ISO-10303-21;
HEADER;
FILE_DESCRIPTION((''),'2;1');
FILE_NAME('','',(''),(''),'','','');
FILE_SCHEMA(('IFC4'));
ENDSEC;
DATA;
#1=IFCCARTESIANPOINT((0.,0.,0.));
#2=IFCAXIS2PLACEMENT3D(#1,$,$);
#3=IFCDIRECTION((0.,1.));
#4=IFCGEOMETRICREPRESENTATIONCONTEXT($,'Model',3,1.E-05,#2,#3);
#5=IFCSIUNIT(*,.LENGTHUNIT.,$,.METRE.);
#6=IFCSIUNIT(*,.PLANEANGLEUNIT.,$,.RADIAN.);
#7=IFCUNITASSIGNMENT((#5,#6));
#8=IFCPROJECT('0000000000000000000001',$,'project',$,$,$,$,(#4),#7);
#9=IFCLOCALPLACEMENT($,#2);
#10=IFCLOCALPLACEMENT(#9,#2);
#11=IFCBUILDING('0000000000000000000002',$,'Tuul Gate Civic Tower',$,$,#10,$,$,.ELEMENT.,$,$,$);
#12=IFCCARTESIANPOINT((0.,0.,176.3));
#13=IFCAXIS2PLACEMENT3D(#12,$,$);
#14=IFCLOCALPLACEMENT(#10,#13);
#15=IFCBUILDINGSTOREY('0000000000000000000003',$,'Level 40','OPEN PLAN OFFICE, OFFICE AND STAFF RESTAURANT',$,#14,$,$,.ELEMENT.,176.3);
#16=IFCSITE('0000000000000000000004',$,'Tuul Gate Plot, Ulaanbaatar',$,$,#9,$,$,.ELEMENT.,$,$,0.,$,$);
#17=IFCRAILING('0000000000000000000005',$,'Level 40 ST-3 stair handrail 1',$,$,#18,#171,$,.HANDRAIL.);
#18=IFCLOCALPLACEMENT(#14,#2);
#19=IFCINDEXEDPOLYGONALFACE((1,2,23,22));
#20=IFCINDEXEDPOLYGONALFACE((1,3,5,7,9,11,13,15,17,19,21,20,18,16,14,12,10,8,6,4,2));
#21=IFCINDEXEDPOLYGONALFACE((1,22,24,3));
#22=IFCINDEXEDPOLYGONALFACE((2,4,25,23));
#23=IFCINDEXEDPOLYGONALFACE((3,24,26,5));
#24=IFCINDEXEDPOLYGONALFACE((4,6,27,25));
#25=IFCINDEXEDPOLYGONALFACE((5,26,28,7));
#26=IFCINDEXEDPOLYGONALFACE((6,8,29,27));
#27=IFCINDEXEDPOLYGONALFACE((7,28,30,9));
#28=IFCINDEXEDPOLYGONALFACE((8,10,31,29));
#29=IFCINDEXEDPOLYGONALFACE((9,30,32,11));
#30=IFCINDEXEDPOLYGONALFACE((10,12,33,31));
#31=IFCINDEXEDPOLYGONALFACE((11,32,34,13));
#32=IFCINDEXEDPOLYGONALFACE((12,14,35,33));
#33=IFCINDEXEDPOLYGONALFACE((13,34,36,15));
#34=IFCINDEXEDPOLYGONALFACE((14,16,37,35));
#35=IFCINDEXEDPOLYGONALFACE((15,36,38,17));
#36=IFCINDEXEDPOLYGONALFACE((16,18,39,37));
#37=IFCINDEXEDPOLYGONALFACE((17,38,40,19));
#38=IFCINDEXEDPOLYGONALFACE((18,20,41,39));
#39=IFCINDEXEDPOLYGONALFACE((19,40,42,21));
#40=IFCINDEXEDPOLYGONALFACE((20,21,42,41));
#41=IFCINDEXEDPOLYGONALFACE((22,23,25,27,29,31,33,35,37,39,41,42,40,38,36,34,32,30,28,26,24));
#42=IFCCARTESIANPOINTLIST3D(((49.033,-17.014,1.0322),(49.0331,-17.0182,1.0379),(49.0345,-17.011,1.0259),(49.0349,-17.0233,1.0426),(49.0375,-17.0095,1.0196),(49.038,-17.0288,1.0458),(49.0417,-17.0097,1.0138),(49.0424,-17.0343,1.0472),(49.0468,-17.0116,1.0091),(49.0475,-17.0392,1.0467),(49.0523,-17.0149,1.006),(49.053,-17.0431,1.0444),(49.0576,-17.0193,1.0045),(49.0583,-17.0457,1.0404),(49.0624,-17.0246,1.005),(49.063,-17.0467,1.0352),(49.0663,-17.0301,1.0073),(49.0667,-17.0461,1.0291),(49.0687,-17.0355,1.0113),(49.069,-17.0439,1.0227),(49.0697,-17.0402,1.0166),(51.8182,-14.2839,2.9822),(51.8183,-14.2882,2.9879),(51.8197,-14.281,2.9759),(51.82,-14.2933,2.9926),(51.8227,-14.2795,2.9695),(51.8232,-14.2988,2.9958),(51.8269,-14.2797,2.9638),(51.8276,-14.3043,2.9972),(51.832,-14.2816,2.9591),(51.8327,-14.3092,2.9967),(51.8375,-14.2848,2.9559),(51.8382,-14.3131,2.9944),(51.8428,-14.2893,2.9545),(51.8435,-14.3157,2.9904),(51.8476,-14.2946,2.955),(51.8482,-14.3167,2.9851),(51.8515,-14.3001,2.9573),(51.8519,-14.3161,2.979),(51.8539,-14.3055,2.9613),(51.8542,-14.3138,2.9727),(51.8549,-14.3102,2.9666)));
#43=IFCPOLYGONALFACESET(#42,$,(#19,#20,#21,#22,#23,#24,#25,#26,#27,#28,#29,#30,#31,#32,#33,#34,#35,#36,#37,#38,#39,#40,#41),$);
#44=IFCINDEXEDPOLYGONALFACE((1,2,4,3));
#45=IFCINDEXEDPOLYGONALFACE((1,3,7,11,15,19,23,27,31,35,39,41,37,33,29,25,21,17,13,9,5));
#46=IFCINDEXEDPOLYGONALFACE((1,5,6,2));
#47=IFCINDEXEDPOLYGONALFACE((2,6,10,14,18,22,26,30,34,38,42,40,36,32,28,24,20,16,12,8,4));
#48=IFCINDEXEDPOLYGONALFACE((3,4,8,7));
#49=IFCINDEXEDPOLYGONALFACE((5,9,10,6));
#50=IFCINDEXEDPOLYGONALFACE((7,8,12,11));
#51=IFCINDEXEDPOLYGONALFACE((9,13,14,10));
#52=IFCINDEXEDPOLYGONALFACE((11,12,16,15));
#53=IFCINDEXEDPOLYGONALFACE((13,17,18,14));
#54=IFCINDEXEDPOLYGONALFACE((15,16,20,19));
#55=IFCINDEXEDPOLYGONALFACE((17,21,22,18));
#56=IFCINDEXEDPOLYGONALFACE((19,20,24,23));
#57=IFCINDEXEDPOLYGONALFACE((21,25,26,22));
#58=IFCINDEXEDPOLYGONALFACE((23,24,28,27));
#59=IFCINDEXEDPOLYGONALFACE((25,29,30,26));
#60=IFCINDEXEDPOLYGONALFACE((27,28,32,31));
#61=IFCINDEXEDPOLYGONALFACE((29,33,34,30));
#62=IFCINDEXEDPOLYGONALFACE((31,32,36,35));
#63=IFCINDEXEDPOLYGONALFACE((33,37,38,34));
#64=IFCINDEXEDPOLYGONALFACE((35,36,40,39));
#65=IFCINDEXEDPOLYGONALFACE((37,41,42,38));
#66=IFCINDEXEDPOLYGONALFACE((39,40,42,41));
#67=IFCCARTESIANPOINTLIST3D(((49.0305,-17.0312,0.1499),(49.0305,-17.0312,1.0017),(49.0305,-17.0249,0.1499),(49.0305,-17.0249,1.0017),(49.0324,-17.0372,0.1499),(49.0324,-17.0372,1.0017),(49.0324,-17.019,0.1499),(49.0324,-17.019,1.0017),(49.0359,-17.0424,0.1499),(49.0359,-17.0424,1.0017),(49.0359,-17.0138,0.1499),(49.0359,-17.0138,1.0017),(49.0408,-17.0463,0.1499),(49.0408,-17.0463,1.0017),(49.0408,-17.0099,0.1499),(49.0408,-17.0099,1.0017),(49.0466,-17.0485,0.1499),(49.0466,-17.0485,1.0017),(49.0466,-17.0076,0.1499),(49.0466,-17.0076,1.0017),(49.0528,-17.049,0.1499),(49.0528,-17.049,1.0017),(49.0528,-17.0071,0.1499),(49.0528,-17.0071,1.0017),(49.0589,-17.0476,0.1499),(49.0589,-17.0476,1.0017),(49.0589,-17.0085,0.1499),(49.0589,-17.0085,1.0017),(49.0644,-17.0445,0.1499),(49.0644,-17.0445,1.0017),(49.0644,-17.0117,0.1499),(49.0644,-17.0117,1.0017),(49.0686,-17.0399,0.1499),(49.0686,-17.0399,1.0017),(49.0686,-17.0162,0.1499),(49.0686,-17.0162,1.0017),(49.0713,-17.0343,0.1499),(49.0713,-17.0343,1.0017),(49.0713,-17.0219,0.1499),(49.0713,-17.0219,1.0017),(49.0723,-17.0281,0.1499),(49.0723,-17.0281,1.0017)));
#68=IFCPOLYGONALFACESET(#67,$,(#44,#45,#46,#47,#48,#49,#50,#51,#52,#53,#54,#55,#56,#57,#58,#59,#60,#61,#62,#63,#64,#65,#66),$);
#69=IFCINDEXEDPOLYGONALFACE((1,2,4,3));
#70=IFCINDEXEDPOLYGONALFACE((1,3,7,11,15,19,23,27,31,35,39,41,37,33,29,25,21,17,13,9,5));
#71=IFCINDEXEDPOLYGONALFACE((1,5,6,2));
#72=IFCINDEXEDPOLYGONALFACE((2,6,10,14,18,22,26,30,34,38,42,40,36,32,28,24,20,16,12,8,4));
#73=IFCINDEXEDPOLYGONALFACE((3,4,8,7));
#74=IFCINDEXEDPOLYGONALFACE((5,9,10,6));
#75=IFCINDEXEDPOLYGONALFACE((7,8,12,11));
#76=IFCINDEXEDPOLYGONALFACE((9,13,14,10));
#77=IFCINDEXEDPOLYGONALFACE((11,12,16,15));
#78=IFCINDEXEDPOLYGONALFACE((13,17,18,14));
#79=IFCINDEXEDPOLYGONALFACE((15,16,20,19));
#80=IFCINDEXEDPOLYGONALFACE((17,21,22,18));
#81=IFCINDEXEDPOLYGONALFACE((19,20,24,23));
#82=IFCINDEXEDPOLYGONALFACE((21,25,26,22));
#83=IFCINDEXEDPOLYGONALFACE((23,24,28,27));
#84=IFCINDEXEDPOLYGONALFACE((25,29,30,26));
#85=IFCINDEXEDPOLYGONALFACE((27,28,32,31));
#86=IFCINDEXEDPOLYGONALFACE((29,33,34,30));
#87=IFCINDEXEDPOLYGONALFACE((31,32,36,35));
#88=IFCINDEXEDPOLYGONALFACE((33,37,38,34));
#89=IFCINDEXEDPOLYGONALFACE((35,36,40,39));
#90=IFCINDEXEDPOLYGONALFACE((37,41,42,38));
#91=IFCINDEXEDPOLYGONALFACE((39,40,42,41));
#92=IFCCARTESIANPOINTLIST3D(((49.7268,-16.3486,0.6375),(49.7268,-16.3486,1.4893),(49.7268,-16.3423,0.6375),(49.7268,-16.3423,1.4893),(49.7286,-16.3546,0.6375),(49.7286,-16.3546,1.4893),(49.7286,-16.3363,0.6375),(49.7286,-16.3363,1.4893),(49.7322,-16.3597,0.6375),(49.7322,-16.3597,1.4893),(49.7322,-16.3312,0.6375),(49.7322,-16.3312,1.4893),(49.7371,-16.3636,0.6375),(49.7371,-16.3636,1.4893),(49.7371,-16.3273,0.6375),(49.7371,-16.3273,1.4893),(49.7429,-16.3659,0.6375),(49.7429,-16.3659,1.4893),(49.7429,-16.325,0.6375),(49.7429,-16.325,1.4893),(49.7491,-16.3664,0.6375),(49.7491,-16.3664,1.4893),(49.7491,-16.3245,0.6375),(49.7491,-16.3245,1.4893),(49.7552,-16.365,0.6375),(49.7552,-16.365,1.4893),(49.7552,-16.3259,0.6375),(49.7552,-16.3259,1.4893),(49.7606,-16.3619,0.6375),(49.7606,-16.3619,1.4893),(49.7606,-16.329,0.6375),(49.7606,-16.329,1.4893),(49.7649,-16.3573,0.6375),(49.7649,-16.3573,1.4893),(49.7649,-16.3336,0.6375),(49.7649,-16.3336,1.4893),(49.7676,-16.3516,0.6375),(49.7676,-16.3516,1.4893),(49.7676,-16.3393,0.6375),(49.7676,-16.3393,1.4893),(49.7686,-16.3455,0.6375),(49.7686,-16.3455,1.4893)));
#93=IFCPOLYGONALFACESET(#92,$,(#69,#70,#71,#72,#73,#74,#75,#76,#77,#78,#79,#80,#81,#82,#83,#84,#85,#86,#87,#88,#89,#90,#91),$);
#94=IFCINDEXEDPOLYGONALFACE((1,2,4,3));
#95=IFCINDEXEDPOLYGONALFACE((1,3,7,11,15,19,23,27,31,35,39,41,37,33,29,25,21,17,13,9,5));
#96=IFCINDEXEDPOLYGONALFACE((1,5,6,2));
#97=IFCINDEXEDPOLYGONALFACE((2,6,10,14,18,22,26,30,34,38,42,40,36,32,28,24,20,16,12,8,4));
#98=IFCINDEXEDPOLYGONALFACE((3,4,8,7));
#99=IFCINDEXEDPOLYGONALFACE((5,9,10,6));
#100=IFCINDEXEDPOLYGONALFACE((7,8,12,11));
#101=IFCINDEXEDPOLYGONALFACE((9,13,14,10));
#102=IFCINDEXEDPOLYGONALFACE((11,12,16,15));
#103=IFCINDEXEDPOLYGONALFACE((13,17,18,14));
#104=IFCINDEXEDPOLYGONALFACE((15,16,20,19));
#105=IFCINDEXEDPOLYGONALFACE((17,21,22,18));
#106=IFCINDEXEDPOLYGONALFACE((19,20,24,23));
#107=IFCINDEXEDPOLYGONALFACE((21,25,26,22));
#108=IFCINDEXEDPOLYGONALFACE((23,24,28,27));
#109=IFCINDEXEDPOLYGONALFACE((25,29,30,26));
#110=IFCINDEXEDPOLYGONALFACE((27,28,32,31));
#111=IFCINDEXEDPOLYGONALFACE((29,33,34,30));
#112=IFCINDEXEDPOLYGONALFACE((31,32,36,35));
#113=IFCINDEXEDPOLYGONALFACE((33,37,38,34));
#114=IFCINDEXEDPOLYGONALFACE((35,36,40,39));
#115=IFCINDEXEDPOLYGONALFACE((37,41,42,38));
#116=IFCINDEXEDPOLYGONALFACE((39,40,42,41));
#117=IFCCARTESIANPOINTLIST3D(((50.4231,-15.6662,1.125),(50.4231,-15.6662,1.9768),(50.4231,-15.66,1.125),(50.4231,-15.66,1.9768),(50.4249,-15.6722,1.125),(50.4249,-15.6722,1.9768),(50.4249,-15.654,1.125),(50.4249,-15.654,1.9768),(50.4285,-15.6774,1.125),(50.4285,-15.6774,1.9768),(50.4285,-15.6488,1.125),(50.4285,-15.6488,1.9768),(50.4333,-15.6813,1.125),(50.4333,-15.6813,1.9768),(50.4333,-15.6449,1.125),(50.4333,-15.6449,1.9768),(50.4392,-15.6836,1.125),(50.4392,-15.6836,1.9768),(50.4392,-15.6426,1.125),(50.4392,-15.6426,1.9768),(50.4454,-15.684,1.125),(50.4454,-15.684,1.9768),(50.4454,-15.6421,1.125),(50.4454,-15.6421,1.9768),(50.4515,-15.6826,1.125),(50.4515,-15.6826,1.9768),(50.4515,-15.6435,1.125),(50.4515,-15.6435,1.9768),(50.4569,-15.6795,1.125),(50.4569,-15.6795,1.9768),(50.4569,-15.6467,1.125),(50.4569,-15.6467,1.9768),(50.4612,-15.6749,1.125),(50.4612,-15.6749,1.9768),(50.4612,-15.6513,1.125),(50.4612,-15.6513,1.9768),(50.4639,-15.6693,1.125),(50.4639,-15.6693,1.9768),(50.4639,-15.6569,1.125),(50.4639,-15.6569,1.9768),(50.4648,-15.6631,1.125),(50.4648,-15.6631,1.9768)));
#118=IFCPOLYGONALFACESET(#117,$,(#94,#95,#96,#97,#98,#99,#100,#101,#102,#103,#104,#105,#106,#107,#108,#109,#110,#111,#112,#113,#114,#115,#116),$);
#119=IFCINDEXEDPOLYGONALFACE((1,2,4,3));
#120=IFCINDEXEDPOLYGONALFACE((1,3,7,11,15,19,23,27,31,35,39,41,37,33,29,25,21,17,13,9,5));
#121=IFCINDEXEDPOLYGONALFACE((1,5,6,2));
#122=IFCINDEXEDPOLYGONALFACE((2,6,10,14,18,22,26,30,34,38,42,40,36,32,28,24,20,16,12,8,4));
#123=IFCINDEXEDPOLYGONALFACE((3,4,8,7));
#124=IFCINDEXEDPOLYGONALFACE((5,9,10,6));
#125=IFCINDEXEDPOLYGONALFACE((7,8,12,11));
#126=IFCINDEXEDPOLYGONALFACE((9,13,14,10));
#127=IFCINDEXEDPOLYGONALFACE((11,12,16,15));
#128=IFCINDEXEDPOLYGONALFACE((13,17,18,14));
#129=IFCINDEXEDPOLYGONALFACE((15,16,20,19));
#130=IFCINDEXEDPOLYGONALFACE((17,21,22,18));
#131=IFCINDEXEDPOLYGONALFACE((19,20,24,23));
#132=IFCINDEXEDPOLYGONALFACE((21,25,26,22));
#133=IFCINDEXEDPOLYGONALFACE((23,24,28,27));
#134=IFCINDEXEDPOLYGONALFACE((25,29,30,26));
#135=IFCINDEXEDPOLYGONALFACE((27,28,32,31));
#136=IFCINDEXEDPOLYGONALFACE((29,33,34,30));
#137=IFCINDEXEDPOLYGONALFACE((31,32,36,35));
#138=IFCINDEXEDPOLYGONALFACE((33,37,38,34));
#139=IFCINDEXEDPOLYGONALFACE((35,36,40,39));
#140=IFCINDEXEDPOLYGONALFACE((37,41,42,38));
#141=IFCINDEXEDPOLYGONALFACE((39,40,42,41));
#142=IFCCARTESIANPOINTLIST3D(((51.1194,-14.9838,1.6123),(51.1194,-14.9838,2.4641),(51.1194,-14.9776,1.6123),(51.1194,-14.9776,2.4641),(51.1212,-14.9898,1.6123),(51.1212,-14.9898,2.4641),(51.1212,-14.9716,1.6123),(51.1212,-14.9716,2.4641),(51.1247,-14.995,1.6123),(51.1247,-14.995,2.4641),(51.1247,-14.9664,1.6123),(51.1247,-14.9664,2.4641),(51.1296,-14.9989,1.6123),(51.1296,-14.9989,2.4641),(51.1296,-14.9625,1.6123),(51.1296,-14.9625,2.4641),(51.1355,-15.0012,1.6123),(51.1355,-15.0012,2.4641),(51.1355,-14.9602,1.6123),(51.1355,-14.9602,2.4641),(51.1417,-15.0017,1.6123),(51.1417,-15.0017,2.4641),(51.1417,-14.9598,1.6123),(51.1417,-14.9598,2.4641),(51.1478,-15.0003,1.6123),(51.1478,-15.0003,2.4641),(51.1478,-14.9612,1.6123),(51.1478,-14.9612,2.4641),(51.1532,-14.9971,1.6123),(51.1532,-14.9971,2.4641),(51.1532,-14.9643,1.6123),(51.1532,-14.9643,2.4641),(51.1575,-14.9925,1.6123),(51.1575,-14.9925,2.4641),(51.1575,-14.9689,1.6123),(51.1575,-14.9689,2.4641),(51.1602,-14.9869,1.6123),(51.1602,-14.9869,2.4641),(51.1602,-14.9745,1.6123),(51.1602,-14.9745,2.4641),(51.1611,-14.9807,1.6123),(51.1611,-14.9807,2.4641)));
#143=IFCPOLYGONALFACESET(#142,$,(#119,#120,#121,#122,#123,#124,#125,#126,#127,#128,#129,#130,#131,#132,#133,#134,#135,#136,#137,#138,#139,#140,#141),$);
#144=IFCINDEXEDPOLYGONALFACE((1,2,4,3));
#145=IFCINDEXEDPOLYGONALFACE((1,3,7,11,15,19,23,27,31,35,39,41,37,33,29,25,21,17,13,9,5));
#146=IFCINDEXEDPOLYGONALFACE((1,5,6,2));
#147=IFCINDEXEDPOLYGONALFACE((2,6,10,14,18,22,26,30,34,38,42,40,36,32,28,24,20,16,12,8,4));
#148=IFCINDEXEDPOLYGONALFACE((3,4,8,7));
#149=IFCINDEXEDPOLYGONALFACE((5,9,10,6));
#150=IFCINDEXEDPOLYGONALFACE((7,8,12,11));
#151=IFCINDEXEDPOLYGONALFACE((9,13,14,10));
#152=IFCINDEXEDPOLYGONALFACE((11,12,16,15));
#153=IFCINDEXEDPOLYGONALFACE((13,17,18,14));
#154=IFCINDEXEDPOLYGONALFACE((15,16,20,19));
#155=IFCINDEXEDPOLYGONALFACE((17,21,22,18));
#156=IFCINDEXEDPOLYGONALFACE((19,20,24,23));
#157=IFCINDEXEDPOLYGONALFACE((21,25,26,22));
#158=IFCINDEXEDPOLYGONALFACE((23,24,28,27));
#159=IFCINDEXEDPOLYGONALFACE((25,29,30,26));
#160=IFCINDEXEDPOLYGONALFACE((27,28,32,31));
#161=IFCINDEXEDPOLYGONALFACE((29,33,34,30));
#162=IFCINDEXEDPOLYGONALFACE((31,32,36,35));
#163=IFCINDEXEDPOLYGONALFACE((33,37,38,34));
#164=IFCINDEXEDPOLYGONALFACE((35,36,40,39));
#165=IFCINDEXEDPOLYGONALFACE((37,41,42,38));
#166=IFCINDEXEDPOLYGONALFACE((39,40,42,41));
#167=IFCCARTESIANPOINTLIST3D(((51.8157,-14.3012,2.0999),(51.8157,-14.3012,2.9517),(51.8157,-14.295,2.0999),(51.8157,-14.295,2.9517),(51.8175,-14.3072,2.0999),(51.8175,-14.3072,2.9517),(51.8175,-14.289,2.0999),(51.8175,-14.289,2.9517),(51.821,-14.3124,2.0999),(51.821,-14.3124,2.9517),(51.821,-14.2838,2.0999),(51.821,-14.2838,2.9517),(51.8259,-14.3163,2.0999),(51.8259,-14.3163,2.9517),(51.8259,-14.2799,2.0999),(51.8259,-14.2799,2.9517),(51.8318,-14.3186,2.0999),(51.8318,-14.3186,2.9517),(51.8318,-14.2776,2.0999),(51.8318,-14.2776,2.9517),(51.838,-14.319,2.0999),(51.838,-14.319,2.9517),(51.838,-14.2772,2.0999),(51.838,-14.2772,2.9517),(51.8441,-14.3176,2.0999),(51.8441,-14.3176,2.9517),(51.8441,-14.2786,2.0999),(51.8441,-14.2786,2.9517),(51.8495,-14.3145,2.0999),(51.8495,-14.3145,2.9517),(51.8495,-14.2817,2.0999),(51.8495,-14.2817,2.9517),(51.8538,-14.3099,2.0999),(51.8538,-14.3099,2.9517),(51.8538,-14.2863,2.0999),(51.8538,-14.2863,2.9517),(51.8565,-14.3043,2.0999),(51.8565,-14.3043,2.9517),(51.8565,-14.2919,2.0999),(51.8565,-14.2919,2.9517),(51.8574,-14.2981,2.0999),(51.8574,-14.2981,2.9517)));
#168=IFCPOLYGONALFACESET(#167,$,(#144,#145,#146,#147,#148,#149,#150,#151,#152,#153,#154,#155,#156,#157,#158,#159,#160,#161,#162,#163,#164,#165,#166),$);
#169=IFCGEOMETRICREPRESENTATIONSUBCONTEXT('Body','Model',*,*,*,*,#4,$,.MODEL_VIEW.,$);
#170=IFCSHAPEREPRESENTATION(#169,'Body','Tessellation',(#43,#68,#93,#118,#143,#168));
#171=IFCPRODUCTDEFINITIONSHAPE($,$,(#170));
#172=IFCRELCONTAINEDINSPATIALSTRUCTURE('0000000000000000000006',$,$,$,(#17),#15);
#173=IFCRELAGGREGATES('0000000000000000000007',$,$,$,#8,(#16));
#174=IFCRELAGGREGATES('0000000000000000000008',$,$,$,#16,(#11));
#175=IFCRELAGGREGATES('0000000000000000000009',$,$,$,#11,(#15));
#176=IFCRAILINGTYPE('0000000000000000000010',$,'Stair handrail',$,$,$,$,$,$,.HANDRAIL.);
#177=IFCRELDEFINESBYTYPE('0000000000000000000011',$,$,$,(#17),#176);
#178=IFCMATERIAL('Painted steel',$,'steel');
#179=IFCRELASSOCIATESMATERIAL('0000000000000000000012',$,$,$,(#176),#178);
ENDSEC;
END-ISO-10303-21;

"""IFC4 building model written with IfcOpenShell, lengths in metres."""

from ifc_helpers import new_model, si_unit, direction, frame, origin, origin_2d, place, context, subcontext, project, spatial, circle, extrude, material, type_object, element, save


model = new_model("IFC4")

# Units and contexts
model_context = context("Model", 3, precision=1e-05, world=origin(), true_north=direction((0.0, 1.0)))
body_context = subcontext(model_context, "Body", "Model", "MODEL_VIEW")
ifc_project = project(units=[si_unit("LENGTHUNIT", "METRE"), si_unit("PLANEANGLEUNIT", "RADIAN")], contexts=[model_context])

# Site, building, storey
site_placement = place(None, origin())
site = spatial("IfcSite", under=ifc_project, at=site_placement, Name="Tuul Gate Plot, Ulaanbaatar", CompositionType="ELEMENT", RefElevation=0.0)
building_placement = place(site_placement, origin())
building = spatial("IfcBuilding", under=site, at=building_placement, Name="Tuul Gate Civic Tower", CompositionType="ELEMENT")
storey_placement = place(building_placement, frame((0.0, 0.0, 176.3)))
storey = spatial("IfcBuildingStorey", under=building, at=storey_placement, Name="Level 40", Description="OPEN PLAN OFFICE, OFFICE AND STAFF RESTAURANT", CompositionType="ELEMENT", Elevation=176.3)

# Railing
ifc_material_1 = material(Name="Painted steel", Category="steel")
railing_type = type_object("IfcRailingType", Name="Stair handrail", PredefinedType="HANDRAIL", material=ifc_material_1)
railing_1_placement = place(storey_placement, frame((49.0513, -17.0281, 0.1499)))
element("IfcRailing", 1, at=railing_1_placement, inside=storey, type_object=railing_type, Name="Level 40 ST-3 stair handrail 1", PredefinedType="HANDRAIL", context=body_context, shape_type="SweptSolid", body=[
    extrude(circle(Radius=0.0239, at=origin_2d()), frame((0.0, 0.0, 0.876), z_axis=(0.638754, 0.6261, 0.447206), x_axis=(-0.699998, 0.714145, 0.0)), (0.0, 0.0, 1.0), 4.3604),
    extrude(circle(Radius=0.021, at=origin_2d()), origin(), (0.0, 0.0, 1.0), 0.8518),
    extrude(circle(Radius=0.021, at=origin_2d()), frame((0.6963, 0.6826, 0.4875)), (0.0, 0.0, 1.0), 0.8518),
    extrude(circle(Radius=0.021, at=origin_2d()), frame((1.3926, 1.365, 0.9751)), (0.0, 0.0, 1.0), 0.8518),
    extrude(circle(Radius=0.021, at=origin_2d()), frame((2.0889, 2.0474, 1.4624)), (0.0, 0.0, 1.0), 0.8518),
    extrude(circle(Radius=0.021, at=origin_2d()), frame((2.7852, 2.73, 1.95)), (0.0, 0.0, 1.0), 0.8518),
])

save(model, "model.ifc")
